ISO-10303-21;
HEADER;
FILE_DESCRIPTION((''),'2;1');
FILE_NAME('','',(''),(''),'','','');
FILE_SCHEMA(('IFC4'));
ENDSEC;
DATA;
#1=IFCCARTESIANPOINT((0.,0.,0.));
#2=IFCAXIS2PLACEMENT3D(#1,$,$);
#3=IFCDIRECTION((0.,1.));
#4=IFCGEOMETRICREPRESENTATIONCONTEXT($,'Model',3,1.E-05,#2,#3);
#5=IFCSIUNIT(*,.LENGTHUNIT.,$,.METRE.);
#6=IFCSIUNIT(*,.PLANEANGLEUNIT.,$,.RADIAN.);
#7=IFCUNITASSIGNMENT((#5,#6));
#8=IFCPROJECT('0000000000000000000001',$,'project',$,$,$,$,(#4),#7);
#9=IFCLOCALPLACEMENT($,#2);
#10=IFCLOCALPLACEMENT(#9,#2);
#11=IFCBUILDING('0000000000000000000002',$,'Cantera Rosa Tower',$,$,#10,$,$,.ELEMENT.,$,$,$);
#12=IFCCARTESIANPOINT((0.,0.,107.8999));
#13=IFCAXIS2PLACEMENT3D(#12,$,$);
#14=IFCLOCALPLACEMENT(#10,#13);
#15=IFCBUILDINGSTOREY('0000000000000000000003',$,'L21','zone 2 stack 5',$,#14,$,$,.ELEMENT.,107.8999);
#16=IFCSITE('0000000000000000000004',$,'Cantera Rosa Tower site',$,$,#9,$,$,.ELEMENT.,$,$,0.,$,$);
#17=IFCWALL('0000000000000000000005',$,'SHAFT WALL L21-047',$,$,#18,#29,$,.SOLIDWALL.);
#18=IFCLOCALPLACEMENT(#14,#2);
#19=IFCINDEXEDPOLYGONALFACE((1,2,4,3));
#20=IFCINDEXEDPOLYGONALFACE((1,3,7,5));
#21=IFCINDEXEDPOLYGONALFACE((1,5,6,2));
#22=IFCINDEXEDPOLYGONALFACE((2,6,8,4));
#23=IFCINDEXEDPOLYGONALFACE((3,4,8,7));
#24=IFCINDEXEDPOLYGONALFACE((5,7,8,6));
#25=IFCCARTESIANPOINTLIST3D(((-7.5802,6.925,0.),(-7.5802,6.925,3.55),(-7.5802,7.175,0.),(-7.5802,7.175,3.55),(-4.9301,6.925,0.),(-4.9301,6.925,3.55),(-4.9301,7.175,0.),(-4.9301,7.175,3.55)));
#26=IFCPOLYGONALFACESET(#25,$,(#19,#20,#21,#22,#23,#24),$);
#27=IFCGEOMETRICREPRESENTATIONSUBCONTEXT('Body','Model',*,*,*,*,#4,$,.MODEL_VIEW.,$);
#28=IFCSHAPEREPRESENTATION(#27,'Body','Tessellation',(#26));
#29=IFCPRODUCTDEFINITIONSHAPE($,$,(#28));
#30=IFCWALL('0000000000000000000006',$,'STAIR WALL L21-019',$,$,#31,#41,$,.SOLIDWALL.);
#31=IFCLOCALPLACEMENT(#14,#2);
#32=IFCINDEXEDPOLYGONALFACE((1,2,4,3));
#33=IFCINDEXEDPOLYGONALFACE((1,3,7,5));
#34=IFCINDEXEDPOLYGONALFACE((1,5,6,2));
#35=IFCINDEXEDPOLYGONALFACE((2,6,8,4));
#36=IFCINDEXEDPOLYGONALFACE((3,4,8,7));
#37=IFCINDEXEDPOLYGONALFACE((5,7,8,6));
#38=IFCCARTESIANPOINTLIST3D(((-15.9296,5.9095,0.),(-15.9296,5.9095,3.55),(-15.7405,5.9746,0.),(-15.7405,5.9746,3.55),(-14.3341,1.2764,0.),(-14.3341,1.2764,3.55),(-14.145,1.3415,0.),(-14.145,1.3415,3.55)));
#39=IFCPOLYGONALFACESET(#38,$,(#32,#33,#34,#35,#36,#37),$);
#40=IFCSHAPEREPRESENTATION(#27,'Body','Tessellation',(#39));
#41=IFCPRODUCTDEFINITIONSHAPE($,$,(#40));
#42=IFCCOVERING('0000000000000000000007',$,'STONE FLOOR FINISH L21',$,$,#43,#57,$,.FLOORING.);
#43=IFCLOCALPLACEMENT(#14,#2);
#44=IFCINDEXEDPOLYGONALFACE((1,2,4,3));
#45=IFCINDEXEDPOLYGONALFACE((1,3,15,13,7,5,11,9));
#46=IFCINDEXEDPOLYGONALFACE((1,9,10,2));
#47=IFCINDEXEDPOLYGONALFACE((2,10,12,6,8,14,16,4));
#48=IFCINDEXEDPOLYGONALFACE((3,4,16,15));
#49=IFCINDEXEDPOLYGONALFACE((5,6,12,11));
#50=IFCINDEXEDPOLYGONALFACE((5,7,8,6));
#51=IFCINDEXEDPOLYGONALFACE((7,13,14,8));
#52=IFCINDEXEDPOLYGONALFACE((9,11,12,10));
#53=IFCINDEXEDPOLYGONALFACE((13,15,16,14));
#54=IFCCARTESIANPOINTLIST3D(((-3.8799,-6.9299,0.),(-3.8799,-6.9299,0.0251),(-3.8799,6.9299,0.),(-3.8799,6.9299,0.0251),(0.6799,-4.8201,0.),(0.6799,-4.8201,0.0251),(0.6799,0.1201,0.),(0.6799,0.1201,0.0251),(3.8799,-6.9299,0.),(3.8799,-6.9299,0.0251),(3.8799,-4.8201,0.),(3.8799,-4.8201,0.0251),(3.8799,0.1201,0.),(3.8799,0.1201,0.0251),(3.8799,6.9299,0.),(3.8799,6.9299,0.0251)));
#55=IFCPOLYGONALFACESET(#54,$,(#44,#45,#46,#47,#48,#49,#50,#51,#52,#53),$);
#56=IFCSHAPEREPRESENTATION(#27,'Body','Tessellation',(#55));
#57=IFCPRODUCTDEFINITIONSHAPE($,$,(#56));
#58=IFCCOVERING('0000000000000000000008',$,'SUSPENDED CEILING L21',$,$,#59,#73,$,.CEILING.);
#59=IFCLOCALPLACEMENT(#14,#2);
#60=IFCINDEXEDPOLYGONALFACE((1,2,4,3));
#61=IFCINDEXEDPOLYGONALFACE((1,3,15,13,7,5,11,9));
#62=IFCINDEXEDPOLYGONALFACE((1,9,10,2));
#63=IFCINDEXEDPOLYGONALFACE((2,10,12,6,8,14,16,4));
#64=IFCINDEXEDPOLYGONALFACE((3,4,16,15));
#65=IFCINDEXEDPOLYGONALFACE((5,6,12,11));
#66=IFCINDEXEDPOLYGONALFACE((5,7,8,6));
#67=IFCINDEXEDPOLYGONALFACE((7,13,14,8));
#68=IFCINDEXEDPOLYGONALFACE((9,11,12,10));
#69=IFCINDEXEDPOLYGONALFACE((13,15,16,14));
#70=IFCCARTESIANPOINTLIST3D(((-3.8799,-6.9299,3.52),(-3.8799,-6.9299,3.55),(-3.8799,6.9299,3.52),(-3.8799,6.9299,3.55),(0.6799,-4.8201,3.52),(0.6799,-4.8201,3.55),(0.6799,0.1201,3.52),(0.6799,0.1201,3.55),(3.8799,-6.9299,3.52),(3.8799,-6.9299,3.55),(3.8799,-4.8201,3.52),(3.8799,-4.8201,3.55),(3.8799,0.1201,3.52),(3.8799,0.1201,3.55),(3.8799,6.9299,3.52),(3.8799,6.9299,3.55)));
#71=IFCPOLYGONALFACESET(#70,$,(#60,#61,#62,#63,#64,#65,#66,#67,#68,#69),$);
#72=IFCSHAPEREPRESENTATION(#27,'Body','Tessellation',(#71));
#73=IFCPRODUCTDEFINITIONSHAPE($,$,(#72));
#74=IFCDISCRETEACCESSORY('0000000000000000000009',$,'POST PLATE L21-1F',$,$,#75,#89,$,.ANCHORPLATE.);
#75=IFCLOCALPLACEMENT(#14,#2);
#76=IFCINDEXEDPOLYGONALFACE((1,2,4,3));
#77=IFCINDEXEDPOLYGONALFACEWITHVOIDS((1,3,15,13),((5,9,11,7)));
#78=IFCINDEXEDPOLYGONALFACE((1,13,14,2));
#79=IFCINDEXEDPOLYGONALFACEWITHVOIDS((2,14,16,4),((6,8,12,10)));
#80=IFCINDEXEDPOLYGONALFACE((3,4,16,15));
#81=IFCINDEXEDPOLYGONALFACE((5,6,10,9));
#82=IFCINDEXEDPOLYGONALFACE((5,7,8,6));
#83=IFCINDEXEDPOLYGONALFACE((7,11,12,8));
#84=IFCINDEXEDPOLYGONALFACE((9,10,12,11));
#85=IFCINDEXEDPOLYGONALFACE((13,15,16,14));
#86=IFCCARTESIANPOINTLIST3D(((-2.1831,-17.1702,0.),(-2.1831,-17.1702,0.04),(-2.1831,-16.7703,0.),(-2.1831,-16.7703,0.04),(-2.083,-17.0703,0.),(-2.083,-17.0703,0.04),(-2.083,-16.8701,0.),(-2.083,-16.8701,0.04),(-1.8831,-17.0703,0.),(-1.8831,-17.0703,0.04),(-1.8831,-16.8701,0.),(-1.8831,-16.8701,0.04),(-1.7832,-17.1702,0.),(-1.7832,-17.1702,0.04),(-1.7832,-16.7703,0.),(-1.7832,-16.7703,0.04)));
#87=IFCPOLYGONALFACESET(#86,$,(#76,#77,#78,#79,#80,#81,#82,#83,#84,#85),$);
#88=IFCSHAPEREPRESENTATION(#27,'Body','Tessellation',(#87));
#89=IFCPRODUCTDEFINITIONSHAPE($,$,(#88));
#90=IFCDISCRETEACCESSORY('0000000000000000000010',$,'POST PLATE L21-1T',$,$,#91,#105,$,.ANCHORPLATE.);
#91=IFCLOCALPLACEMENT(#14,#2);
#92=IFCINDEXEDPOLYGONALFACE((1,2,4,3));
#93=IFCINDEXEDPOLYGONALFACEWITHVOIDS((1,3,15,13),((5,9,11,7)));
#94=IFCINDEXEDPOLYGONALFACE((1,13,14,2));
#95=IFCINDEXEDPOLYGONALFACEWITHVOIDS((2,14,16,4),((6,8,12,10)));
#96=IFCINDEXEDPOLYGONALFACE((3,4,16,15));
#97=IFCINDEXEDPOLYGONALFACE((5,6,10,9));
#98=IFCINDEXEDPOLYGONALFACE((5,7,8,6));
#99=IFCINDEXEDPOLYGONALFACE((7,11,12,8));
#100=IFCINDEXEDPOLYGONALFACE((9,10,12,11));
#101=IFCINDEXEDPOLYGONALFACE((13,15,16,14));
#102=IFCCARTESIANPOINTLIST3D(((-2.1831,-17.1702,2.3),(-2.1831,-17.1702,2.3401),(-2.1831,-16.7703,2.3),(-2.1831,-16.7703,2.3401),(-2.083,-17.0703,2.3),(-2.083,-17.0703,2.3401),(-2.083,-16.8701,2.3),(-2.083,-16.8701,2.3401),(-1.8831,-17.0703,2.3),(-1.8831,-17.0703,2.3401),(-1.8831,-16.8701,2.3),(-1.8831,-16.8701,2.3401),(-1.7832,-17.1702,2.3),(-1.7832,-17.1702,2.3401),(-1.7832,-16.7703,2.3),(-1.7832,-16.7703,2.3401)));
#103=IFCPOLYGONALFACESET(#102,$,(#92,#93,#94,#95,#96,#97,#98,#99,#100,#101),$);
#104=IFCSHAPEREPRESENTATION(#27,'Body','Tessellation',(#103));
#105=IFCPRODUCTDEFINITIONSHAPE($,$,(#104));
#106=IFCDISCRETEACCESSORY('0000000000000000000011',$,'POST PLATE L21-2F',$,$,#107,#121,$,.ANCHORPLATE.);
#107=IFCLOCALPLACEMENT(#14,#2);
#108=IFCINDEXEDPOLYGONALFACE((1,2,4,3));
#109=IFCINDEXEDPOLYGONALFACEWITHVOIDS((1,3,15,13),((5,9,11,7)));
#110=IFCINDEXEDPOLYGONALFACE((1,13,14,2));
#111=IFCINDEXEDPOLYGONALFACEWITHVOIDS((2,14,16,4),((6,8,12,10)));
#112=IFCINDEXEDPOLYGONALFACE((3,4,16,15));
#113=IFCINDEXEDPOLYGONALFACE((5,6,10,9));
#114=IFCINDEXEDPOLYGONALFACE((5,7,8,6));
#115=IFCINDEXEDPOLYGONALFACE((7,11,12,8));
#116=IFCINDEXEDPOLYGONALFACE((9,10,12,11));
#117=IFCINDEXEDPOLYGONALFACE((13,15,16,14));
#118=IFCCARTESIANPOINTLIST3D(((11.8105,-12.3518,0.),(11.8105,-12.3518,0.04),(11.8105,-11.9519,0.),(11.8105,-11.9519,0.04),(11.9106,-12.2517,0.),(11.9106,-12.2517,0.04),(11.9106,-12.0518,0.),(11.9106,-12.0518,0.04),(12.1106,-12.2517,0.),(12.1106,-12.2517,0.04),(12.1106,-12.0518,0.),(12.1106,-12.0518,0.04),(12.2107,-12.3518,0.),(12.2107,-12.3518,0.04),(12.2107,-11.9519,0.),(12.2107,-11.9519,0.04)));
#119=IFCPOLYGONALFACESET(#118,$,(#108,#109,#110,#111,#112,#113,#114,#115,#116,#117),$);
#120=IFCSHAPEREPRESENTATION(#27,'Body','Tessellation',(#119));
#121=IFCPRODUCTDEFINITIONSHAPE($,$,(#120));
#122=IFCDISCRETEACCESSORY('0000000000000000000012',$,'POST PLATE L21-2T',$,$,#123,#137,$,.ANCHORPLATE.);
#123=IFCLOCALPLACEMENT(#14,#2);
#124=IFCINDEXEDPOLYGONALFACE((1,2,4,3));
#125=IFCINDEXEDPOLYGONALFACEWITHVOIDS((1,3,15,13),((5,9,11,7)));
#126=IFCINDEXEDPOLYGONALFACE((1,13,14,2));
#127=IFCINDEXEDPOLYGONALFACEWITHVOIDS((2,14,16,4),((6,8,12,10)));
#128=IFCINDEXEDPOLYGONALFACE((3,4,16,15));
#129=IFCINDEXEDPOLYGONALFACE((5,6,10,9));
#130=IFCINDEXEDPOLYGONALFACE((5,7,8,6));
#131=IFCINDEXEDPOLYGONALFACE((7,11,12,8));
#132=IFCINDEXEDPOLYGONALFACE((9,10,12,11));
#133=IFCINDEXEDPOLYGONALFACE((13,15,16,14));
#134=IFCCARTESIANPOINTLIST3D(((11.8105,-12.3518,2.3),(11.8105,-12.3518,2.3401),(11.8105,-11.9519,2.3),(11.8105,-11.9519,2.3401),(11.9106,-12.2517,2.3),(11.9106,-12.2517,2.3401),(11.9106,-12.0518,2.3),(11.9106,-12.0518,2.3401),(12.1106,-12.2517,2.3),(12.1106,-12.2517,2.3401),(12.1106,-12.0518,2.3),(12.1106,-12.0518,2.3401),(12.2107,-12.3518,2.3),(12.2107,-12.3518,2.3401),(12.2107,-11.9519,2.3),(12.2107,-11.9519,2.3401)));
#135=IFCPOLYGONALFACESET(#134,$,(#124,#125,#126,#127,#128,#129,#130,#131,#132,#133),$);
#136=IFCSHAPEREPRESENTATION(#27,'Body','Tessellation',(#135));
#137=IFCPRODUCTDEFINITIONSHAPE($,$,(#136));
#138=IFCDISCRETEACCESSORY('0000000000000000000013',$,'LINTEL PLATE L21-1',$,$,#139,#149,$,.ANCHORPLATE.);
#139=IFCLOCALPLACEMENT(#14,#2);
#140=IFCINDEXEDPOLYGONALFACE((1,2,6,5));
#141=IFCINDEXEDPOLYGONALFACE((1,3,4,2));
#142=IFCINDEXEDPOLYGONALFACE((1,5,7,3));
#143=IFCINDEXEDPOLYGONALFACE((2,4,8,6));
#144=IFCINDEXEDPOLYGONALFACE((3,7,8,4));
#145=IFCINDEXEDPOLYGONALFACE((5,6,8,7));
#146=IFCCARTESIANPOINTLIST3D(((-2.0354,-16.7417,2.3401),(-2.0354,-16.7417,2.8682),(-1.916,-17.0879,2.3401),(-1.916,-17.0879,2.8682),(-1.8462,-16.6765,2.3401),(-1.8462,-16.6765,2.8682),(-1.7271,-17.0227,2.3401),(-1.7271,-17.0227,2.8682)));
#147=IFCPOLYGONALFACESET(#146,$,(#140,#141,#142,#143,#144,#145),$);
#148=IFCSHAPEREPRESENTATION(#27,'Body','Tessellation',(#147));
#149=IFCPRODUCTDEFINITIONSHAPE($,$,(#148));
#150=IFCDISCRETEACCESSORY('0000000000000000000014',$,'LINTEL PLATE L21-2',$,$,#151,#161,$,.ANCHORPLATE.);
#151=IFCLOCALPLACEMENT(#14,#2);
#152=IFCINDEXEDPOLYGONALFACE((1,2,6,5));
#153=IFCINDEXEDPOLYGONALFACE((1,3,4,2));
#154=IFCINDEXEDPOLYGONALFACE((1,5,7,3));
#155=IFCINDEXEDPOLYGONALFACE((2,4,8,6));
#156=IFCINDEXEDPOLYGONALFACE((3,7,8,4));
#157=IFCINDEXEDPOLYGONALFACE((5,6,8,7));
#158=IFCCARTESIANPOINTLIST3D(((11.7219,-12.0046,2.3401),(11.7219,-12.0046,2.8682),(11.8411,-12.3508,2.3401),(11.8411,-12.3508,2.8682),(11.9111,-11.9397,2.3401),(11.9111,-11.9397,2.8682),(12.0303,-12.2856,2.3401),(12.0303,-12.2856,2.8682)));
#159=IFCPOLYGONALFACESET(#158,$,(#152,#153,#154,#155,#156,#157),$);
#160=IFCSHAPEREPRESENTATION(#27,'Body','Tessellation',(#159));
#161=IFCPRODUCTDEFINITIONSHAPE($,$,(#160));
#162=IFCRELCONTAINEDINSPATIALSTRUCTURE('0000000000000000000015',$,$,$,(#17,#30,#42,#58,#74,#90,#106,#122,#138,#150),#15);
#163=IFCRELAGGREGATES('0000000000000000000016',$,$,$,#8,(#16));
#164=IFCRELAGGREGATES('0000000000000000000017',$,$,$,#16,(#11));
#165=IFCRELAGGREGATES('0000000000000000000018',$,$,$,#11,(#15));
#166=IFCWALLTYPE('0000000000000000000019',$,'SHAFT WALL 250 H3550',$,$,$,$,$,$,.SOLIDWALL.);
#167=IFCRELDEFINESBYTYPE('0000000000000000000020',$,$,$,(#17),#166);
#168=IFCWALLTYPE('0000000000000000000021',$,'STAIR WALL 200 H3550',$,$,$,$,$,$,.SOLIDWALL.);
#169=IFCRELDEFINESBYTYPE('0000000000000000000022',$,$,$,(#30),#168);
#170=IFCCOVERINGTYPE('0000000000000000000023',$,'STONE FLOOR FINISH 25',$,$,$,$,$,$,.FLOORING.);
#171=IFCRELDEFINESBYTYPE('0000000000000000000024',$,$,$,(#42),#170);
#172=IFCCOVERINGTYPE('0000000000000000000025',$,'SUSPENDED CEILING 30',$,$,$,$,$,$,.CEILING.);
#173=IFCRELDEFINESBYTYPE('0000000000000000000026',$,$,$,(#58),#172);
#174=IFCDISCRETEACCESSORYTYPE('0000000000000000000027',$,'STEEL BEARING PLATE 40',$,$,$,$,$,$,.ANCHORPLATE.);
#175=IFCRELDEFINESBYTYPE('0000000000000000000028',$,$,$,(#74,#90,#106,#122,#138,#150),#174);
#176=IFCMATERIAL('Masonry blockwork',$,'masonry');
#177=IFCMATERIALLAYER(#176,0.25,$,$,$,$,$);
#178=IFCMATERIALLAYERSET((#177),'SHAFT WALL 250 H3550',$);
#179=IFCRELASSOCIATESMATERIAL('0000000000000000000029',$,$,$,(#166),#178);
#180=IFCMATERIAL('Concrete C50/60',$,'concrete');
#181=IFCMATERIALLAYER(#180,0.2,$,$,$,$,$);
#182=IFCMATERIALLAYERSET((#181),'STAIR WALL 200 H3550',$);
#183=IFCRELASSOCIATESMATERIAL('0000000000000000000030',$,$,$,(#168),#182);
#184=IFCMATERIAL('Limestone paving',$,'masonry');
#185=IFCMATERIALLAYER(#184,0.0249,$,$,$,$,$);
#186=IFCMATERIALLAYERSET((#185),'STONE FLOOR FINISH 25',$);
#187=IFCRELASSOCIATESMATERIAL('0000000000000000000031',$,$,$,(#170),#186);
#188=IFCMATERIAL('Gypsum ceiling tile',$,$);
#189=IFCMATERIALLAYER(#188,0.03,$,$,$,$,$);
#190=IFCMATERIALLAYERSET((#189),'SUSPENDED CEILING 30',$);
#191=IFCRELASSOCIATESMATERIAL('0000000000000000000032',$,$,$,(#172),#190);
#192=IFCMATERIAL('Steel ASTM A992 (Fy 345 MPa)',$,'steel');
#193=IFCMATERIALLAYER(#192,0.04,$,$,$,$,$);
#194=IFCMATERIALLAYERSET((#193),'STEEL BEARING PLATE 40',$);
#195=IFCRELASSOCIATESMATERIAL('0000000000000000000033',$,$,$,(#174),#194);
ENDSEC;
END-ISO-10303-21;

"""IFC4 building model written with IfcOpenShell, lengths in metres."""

from ifc_helpers import new_model, si_unit, direction, frame, frame_2d, origin, place, context, subcontext, project, spatial, polyline, rectangle, outline, extrude, material, layer, layer_set, type_object, element, save


model = new_model("IFC4")

# Units and contexts
model_context = context("Model", 3, precision=1e-05, world=origin(), true_north=direction((0.0, 1.0)))
body_context = subcontext(model_context, "Body", "Model", "MODEL_VIEW")
ifc_project = project(units=[si_unit("LENGTHUNIT", "METRE"), si_unit("PLANEANGLEUNIT", "RADIAN")], contexts=[model_context])

# Site, building, storey
site_placement = place(None, origin())
site = spatial("IfcSite", under=ifc_project, at=site_placement, Name="Cantera Rosa Tower site", CompositionType="ELEMENT", RefElevation=0.0)
building_placement = place(site_placement, origin())
building = spatial("IfcBuilding", under=site, at=building_placement, Name="Cantera Rosa Tower", CompositionType="ELEMENT")
storey_placement = place(building_placement, frame((0.0, 0.0, 107.8999)))
storey = spatial("IfcBuildingStorey", under=building, at=storey_placement, Name="L21", Description="zone 2 stack 5", CompositionType="ELEMENT", Elevation=107.8999)

# Walls
ifc_material_1 = material(Name="Masonry blockwork", Category="masonry")
ifc_layer_1 = layer(ifc_material_1, 0.25)
ifc_layer_set_1 = layer_set([ifc_layer_1], Name="SHAFT WALL 250 H3550")
wall_type_1 = type_object("IfcWallType", Name="SHAFT WALL 250 H3550", PredefinedType="SOLIDWALL", material=ifc_layer_set_1)
wall_1_placement = place(storey_placement, frame((-4.9299, 7.05, 0.0), z_axis=(0.0, 0.0, 1.0), x_axis=(-1.0, 0.0, 0.0)))
element("IfcWall", 1, at=wall_1_placement, inside=storey, type_object=wall_type_1, Name="SHAFT WALL L21-047", PredefinedType="SOLIDWALL", context=body_context, shape_type="SweptSolid", body=[
    extrude(rectangle(XDim=2.6501, YDim=0.25, at=frame_2d((1.3252, 0.0))), origin(), (0.0, 0.0, 1.0), 3.55),
])
ifc_material_2 = material(Name="Concrete C50/60", Category="concrete")
ifc_layer_2 = layer(ifc_material_2, 0.2)
ifc_layer_set_2 = layer_set([ifc_layer_2], Name="STAIR WALL 200 H3550")
wall_type_2 = type_object("IfcWallType", Name="STAIR WALL 200 H3550", PredefinedType="SOLIDWALL", material=ifc_layer_set_2)
wall_2_placement = place(storey_placement, frame((-14.2395, 1.3088, 0.0), z_axis=(0.0, 0.0, 1.0), x_axis=(-0.325599, 0.945508, 0.0)))
element("IfcWall", 2, at=wall_2_placement, inside=storey, type_object=wall_type_2, Name="STAIR WALL L21-019", PredefinedType="SOLIDWALL", context=body_context, shape_type="SweptSolid", body=[
    extrude(rectangle(XDim=4.9001, YDim=0.2, at=frame_2d((2.4502, 0.0))), origin(), (0.0, 0.0, 1.0), 3.55),
])

# Coverings
ifc_material_3 = material(Name="Limestone paving", Category="masonry")
ifc_layer_3 = layer(ifc_material_3, 0.0249)
ifc_layer_set_3 = layer_set([ifc_layer_3], Name="STONE FLOOR FINISH 25")
covering_type_1 = type_object("IfcCoveringType", Name="STONE FLOOR FINISH 25", PredefinedType="FLOORING", material=ifc_layer_set_3)
covering_1_placement = place(storey_placement, origin())
element("IfcCovering", 3, at=covering_1_placement, inside=storey, type_object=covering_type_1, Name="STONE FLOOR FINISH L21", PredefinedType="FLOORING", context=body_context, shape_type="SweptSolid", body=[
    extrude(outline(polyline([(3.8799, 6.9299), (3.8799, 0.1201), (0.6799, 0.1201), (0.6799, -4.8201), (3.8799, -4.8201), (3.8799, -6.9299), (-3.8799, -6.9299), (-3.8799, 6.9299), (3.8799, 6.9299)])), origin(), (0.0, 0.0, 1.0), 0.0251),
])
ifc_material_4 = material(Name="Gypsum ceiling tile")
ifc_layer_4 = layer(ifc_material_4, 0.03)
ifc_layer_set_4 = layer_set([ifc_layer_4], Name="SUSPENDED CEILING 30")
covering_type_2 = type_object("IfcCoveringType", Name="SUSPENDED CEILING 30", PredefinedType="CEILING", material=ifc_layer_set_4)
covering_2_placement = place(storey_placement, frame((0.0, 0.0, 3.52)))
element("IfcCovering", 4, at=covering_2_placement, inside=storey, type_object=covering_type_2, Name="SUSPENDED CEILING L21", PredefinedType="CEILING", context=body_context, shape_type="SweptSolid", body=[
    extrude(outline(polyline([(3.8799, 6.9299), (3.8799, 0.1201), (0.6799, 0.1201), (0.6799, -4.8201), (3.8799, -4.8201), (3.8799, -6.9299), (-3.8799, -6.9299), (-3.8799, 6.9299), (3.8799, 6.9299)])), origin(), (0.0, 0.0, 1.0), 0.03),
])

# Discrete accessories
ifc_material_5 = material(Name="Steel ASTM A992 (Fy 345 MPa)", Category="steel")
ifc_layer_5 = layer(ifc_material_5, 0.04)
ifc_layer_set_5 = layer_set([ifc_layer_5], Name="STEEL BEARING PLATE 40")
discrete_accessory_type = type_object("IfcDiscreteAccessoryType", Name="STEEL BEARING PLATE 40", PredefinedType="ANCHORPLATE", material=ifc_layer_set_5)
for number, where, name in (
    (5, (0.0, 0.0, 0.0), "POST PLATE L21-1F"),
    (6, (0.0, 0.0, 2.3), "POST PLATE L21-1T"),
):
    element("IfcDiscreteAccessory", number, at=place(storey_placement, frame(where)), inside=storey, type_object=discrete_accessory_type, Name=name, PredefinedType="ANCHORPLATE", context=body_context, shape_type="SweptSolid", body=[
        extrude(outline(polyline([(-2.1831, -17.1702), (-1.7832, -17.1702), (-1.7832, -16.7703), (-2.1831, -16.7703), (-2.1831, -17.1702)]), holes=[polyline([(-2.083, -17.0703), (-1.8831, -17.0703), (-1.8831, -16.8701), (-2.083, -16.8701), (-2.083, -17.0703)])]), origin(), (0.0, 0.0, 1.0), 0.04),
    ])
for number, where, name in (
    (7, (0.0, 0.0, 0.0), "POST PLATE L21-2F"),
    (8, (0.0, 0.0, 2.3), "POST PLATE L21-2T"),
):
    element("IfcDiscreteAccessory", number, at=place(storey_placement, frame(where)), inside=storey, type_object=discrete_accessory_type, Name=name, PredefinedType="ANCHORPLATE", context=body_context, shape_type="SweptSolid", body=[
        extrude(outline(polyline([(11.8105, -12.3518), (12.2107, -12.3518), (12.2107, -11.9519), (11.8105, -11.9519), (11.8105, -12.3518)]), holes=[polyline([(11.9106, -12.2517), (12.1106, -12.2517), (12.1106, -12.0518), (11.9106, -12.0518), (11.9106, -12.2517)])]), origin(), (0.0, 0.0, 1.0), 0.04),
    ])
discrete_accessory_1_placement = place(storey_placement, frame((0.0, 0.0, 2.3401)))
element("IfcDiscreteAccessory", 9, at=discrete_accessory_1_placement, inside=storey, type_object=discrete_accessory_type, Name="LINTEL PLATE L21-1", PredefinedType="ANCHORPLATE", context=body_context, shape_type="SweptSolid", body=[
    extrude(outline(polyline([(-1.8462, -16.6765), (-2.0354, -16.7417), (-1.916, -17.0879), (-1.7271, -17.0227), (-1.8462, -16.6765)])), origin(), (0.0, 0.0, 1.0), 0.5281),
])
discrete_accessory_2_placement = place(storey_placement, frame((0.0, 0.0, 2.3401)))
element("IfcDiscreteAccessory", 10, at=discrete_accessory_2_placement, inside=storey, type_object=discrete_accessory_type, Name="LINTEL PLATE L21-2", PredefinedType="ANCHORPLATE", context=body_context, shape_type="SweptSolid", body=[
    extrude(outline(polyline([(11.8411, -12.3508), (12.0303, -12.2856), (11.9111, -11.9397), (11.7219, -12.0046), (11.8411, -12.3508)])), origin(), (0.0, 0.0, 1.0), 0.5281),
])

save(model, "model.ifc")
